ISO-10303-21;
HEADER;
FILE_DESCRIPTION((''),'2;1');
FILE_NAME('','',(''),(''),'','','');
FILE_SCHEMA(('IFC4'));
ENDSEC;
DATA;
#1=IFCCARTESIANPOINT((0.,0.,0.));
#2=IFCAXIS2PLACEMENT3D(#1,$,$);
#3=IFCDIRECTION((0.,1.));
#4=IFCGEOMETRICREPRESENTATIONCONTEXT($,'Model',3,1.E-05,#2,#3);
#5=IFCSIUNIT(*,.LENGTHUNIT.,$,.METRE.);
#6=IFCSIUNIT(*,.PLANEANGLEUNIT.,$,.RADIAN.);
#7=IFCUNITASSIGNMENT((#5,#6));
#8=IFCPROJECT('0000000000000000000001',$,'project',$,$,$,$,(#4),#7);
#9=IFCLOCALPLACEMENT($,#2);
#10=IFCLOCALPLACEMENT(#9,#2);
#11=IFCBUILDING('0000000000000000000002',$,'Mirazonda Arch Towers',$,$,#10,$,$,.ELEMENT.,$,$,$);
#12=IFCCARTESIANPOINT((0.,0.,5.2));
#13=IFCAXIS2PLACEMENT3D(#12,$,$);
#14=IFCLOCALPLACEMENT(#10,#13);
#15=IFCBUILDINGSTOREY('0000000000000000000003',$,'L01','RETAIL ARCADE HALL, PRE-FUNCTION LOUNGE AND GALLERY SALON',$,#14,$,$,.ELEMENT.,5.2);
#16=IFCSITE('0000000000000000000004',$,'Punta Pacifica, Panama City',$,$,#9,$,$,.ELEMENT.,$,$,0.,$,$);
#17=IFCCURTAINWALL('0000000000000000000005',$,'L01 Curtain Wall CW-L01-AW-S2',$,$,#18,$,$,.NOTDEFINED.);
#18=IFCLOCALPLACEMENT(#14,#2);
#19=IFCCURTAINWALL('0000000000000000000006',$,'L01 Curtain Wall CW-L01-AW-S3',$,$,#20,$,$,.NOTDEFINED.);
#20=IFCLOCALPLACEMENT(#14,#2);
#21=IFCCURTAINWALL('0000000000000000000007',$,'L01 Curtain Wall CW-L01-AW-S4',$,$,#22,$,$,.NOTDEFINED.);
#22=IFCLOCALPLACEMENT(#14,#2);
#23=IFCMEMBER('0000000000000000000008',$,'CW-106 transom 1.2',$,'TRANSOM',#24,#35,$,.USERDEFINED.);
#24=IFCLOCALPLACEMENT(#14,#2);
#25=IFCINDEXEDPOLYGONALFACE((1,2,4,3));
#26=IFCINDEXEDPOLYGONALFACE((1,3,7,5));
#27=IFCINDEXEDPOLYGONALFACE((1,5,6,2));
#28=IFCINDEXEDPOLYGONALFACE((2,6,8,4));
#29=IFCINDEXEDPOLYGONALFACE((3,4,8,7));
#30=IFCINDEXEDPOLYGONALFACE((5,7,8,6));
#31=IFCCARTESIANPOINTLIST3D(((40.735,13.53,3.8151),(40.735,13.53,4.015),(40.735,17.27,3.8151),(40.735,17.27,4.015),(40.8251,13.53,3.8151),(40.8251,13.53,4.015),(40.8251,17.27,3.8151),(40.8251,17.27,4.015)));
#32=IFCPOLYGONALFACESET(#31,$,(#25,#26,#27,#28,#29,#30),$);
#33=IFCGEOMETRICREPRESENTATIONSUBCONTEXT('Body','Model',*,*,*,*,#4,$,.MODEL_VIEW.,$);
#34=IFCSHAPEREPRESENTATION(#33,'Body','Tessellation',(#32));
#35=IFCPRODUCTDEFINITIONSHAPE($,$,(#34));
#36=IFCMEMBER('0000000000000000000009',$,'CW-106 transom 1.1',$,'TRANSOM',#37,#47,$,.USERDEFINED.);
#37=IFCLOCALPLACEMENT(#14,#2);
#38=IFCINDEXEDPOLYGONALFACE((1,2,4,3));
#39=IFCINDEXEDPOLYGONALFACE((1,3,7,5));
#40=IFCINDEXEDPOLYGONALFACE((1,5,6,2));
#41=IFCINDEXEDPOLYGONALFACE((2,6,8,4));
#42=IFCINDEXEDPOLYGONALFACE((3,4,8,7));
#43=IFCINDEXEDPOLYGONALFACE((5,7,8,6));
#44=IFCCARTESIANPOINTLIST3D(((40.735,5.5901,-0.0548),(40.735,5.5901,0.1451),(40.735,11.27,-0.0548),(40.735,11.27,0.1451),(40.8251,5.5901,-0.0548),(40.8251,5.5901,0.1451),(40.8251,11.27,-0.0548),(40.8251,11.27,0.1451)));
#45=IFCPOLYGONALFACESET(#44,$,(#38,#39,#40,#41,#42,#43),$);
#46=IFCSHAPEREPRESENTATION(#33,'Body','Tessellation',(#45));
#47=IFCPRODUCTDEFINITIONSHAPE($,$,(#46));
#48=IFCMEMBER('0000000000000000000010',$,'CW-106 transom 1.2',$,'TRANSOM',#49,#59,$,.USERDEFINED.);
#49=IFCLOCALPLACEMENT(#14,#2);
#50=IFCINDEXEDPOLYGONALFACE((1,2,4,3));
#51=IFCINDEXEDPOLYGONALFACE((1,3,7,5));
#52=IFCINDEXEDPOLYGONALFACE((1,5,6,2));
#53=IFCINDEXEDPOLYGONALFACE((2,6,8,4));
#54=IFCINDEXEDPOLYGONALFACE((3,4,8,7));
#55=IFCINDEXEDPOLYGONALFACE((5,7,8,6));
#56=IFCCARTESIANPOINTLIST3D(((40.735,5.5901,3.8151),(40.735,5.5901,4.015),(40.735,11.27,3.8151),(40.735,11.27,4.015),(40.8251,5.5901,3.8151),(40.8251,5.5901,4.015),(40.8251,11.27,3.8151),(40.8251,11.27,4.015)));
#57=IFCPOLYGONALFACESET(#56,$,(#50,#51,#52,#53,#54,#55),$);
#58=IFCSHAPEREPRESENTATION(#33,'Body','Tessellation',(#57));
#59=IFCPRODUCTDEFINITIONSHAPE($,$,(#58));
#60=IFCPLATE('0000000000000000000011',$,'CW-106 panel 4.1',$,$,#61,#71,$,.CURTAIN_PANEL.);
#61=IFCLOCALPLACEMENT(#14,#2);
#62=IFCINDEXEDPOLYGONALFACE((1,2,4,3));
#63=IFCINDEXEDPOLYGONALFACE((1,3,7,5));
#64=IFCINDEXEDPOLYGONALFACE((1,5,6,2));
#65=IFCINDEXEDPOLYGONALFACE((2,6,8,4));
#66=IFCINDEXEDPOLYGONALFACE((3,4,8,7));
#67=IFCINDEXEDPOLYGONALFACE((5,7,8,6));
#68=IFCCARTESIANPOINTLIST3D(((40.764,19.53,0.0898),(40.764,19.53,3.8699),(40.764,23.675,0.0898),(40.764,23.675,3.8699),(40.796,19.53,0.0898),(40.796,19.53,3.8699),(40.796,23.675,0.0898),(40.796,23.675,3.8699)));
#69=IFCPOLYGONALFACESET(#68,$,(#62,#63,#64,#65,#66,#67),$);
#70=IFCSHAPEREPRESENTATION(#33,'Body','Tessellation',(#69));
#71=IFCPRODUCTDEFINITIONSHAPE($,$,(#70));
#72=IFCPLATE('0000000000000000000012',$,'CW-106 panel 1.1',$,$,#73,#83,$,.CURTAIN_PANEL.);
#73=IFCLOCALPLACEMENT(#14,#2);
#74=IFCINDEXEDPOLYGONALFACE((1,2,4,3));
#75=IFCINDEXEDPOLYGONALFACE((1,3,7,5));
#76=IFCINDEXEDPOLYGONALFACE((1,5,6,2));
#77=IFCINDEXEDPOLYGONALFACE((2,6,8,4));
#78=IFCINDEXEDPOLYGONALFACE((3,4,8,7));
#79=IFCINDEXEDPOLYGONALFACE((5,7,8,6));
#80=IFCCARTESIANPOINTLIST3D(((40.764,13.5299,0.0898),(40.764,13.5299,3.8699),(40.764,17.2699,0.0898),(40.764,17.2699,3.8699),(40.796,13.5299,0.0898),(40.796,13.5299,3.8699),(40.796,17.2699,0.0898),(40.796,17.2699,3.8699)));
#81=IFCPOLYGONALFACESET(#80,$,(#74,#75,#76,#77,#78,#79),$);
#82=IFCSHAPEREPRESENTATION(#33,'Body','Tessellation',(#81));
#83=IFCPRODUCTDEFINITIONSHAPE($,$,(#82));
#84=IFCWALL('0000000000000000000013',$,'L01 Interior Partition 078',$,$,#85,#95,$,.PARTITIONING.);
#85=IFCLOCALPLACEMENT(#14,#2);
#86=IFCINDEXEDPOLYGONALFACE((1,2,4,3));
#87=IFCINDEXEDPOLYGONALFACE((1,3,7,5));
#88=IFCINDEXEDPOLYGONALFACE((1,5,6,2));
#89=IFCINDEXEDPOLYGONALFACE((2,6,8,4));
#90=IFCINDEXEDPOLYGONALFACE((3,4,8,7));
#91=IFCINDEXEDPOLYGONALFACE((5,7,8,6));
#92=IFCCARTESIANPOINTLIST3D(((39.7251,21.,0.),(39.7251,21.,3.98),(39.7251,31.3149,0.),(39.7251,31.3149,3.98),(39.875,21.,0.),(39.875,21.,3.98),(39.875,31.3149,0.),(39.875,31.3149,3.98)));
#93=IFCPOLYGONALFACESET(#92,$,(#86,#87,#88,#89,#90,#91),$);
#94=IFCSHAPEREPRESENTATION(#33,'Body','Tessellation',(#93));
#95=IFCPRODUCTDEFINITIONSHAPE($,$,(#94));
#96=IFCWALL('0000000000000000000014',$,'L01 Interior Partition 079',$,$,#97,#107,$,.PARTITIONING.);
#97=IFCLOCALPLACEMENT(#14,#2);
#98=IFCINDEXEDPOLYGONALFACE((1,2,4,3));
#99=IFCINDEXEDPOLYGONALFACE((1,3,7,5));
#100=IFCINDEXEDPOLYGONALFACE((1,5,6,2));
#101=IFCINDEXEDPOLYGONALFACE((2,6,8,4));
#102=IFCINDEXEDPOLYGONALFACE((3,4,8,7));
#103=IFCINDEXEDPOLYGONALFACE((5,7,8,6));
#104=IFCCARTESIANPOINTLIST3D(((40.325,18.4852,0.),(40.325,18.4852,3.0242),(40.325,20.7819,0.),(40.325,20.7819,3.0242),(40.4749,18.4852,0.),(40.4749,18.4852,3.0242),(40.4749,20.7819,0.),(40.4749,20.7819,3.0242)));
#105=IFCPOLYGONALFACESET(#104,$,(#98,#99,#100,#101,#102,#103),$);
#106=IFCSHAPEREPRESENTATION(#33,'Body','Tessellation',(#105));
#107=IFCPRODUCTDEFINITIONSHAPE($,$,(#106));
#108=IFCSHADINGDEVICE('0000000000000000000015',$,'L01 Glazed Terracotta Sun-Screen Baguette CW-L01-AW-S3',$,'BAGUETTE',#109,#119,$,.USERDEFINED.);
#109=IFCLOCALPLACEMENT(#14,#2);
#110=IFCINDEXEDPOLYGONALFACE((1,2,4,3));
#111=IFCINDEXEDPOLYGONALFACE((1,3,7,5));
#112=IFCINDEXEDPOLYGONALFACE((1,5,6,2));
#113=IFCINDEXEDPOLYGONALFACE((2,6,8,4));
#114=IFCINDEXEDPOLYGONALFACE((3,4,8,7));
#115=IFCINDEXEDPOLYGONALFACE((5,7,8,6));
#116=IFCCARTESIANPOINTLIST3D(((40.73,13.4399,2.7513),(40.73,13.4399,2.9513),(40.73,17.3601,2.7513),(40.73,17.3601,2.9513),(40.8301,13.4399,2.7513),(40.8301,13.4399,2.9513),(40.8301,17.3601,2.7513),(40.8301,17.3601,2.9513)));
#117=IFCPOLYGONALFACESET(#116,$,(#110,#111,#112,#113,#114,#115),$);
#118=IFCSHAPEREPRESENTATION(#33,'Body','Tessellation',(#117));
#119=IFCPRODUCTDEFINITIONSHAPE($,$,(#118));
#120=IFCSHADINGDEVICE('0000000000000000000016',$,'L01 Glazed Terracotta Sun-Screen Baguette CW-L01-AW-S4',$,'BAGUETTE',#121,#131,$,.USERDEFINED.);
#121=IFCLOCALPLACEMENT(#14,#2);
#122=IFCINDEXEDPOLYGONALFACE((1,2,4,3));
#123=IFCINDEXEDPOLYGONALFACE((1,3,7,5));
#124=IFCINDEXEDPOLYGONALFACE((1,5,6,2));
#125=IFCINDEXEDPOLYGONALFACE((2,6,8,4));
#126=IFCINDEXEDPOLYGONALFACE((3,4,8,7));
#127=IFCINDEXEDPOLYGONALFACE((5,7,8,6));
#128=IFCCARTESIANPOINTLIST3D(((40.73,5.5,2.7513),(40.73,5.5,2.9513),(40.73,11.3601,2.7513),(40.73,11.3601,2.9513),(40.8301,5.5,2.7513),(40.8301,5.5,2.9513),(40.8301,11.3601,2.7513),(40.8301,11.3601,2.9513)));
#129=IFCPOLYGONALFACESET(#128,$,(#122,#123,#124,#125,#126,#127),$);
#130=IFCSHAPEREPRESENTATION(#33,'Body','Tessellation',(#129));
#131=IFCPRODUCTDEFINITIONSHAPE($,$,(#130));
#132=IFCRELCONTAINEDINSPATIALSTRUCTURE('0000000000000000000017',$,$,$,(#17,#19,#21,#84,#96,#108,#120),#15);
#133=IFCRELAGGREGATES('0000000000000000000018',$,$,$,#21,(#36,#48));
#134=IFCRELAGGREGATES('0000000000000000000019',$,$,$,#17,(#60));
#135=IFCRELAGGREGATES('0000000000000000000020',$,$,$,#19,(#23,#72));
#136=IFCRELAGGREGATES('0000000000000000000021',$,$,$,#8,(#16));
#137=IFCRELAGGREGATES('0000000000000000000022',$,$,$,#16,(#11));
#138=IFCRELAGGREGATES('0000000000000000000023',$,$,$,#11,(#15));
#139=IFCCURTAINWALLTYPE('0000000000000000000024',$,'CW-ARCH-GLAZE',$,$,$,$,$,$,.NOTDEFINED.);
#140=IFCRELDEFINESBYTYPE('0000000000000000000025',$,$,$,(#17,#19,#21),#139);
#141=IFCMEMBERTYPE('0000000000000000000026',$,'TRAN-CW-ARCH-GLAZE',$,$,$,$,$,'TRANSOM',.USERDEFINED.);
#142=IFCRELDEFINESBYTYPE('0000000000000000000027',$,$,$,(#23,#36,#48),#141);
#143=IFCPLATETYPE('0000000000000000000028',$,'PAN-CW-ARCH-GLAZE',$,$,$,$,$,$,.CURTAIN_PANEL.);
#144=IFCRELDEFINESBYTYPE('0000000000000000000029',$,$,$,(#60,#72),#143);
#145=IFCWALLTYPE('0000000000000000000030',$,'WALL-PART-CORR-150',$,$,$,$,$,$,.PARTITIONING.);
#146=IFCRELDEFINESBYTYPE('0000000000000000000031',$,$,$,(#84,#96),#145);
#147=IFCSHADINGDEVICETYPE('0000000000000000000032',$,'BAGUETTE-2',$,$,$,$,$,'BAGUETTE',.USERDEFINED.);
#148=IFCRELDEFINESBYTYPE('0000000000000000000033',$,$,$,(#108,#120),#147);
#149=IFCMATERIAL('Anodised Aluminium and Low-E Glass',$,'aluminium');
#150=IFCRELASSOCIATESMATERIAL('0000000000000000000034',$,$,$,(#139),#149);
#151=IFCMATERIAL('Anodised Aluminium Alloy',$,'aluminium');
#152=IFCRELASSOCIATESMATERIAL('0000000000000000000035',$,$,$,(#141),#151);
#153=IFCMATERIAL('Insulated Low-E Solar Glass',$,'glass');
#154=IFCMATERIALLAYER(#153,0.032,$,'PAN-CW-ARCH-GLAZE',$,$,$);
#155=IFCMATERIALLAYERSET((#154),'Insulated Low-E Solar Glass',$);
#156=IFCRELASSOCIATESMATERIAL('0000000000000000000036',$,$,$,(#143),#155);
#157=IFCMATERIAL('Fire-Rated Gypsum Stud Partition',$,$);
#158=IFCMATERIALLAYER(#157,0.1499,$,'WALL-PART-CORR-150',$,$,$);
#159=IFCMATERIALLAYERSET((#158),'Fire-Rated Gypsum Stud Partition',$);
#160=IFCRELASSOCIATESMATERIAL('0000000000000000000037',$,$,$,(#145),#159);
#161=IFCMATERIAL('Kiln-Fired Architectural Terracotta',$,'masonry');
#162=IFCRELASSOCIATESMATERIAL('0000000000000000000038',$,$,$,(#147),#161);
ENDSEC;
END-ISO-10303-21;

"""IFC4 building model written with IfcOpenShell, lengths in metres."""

from ifc_helpers import new_model, si_unit, direction, frame, frame_2d, origin, origin_2d, place, context, subcontext, project, spatial, rectangle, extrude, material, layer, layer_set, material_profile, profile_set, type_object, element, aggregate, save


model = new_model("IFC4")

# Units and contexts
model_context = context("Model", 3, precision=1e-05, world=origin(), true_north=direction((0.0, 1.0)))
body_context = subcontext(model_context, "Body", "Model", "MODEL_VIEW")
ifc_project = project(units=[si_unit("LENGTHUNIT", "METRE"), si_unit("PLANEANGLEUNIT", "RADIAN")], contexts=[model_context])

# Site, building, storey
site_placement = place(None, origin())
site = spatial("IfcSite", under=ifc_project, at=site_placement, Name="Punta Pacifica, Panama City", CompositionType="ELEMENT", RefElevation=0.0)
building_placement = place(site_placement, origin())
building = spatial("IfcBuilding", under=site, at=building_placement, Name="Mirazonda Arch Towers", CompositionType="ELEMENT")
storey_placement = place(building_placement, frame((0.0, 0.0, 5.2)))
storey = spatial("IfcBuildingStorey", under=building, at=storey_placement, Name="L01", Description="RETAIL ARCADE HALL, PRE-FUNCTION LOUNGE AND GALLERY SALON", CompositionType="ELEMENT", Elevation=5.2)

# Curtain wall
ifc_material_1 = material(Name="Anodised Aluminium and Low-E Glass", Category="aluminium")
curtain_wall_type = type_object("IfcCurtainWallType", Name="CW-ARCH-GLAZE", PredefinedType="NOTDEFINED", material=ifc_material_1)
curtain_wall_1_placement = place(storey_placement, origin())
curtain_wall_1 = element("IfcCurtainWall", 1, at=curtain_wall_1_placement, inside=storey, type_object=curtain_wall_type, Name="L01 Curtain Wall CW-L01-AW-S2", PredefinedType="NOTDEFINED")
ifc_material_2 = material(Name="Anodised Aluminium Alloy", Category="aluminium")

# Curtain wall
curtain_wall_2_placement = place(storey_placement, origin())
curtain_wall_2 = element("IfcCurtainWall", 2, at=curtain_wall_2_placement, inside=storey, type_object=curtain_wall_type, Name="L01 Curtain Wall CW-L01-AW-S3", PredefinedType="NOTDEFINED")

# Curtain wall
curtain_wall_3_placement = place(storey_placement, origin())
curtain_wall_3 = element("IfcCurtainWall", 3, at=curtain_wall_3_placement, inside=storey, type_object=curtain_wall_type, Name="L01 Curtain Wall CW-L01-AW-S4", PredefinedType="NOTDEFINED")

# Members
ifc_material_profile_1 = material_profile(ifc_material_2, rectangle(XDim=0.0901, YDim=0.2, at=origin_2d()), Name="ALU-TRAN-90x200")
ifc_profile_set_1 = profile_set([ifc_material_profile_1], Name="Anodised Aluminium Alloy")
member_type_1 = type_object("IfcMemberType", Name="TRAN-CW-ARCH-GLAZE", ElementType="TRANSOM", PredefinedType="USERDEFINED", material=ifc_profile_set_1)
member_1_placement = place(storey_placement, frame((40.78, 17.27, 3.915), z_axis=(0.0, -1.0, 0.0), x_axis=(1.0, 0.0, 0.0)))
member_1 = element("IfcMember", 4, at=member_1_placement, type_object=member_type_1, Name="CW-106 transom 1.2", ObjectType="TRANSOM", PredefinedType="USERDEFINED", context=body_context, shape_type="SweptSolid", body=[
    extrude(rectangle(XDim=0.0901, YDim=0.2, at=origin_2d()), origin(), (0.0, 0.0, 1.0), 3.74),
])
member_2_placement = place(storey_placement, frame((40.78, 11.27, 0.0452), z_axis=(0.0, -1.0, 0.0), x_axis=(1.0, 0.0, 0.0)))
member_2 = element("IfcMember", 5, at=member_2_placement, type_object=member_type_1, Name="CW-106 transom 1.1", ObjectType="TRANSOM", PredefinedType="USERDEFINED", context=body_context, shape_type="SweptSolid", body=[
    extrude(rectangle(XDim=0.0901, YDim=0.2, at=origin_2d()), origin(), (0.0, 0.0, 1.0), 5.6799),
])
member_3_placement = place(storey_placement, frame((40.78, 11.27, 3.915), z_axis=(0.0, -1.0, 0.0), x_axis=(1.0, 0.0, 0.0)))
member_3 = element("IfcMember", 6, at=member_3_placement, type_object=member_type_1, Name="CW-106 transom 1.2", ObjectType="TRANSOM", PredefinedType="USERDEFINED", context=body_context, shape_type="SweptSolid", body=[
    extrude(rectangle(XDim=0.0901, YDim=0.2, at=origin_2d()), origin(), (0.0, 0.0, 1.0), 5.6799),
])
aggregate(curtain_wall_3, [member_2, member_3])

# Plates
ifc_material_3 = material(Name="Insulated Low-E Solar Glass", Category="glass")
ifc_layer_1 = layer(ifc_material_3, 0.032, Name="PAN-CW-ARCH-GLAZE")
ifc_layer_set_1 = layer_set([ifc_layer_1], Name="Insulated Low-E Solar Glass")
plate_type = type_object("IfcPlateType", Name="PAN-CW-ARCH-GLAZE", PredefinedType="CURTAIN_PANEL", material=ifc_layer_set_1)
plate_1_placement = place(storey_placement, frame((40.78, 21.6025, 0.0898), z_axis=(0.0, 0.0, 1.0), x_axis=(0.0, -1.0, 0.0)))
plate_1 = element("IfcPlate", 7, at=plate_1_placement, type_object=plate_type, Name="CW-106 panel 4.1", PredefinedType="CURTAIN_PANEL", context=body_context, shape_type="SweptSolid", body=[
    extrude(rectangle(XDim=4.145, YDim=0.032, at=origin_2d()), origin(), (0.0, 0.0, 1.0), 3.78),
])
aggregate(curtain_wall_1, [plate_1])
plate_2_placement = place(storey_placement, frame((40.78, 15.3999, 0.0898), z_axis=(0.0, 0.0, 1.0), x_axis=(0.0, -1.0, 0.0)))
plate_2 = element("IfcPlate", 8, at=plate_2_placement, type_object=plate_type, Name="CW-106 panel 1.1", PredefinedType="CURTAIN_PANEL", context=body_context, shape_type="SweptSolid", body=[
    extrude(rectangle(XDim=3.74, YDim=0.032, at=origin_2d()), origin(), (0.0, 0.0, 1.0), 3.78),
])
aggregate(curtain_wall_2, [member_1, plate_2])

# Walls
ifc_material_4 = material(Name="Fire-Rated Gypsum Stud Partition")
ifc_layer_2 = layer(ifc_material_4, 0.1499, Name="WALL-PART-CORR-150")
ifc_layer_set_2 = layer_set([ifc_layer_2], Name="Fire-Rated Gypsum Stud Partition")
wall_type = type_object("IfcWallType", Name="WALL-PART-CORR-150", PredefinedType="PARTITIONING", material=ifc_layer_set_2)
wall_1_placement = place(storey_placement, frame((39.8, 21.0, 0.0), z_axis=(0.0, 0.0, 1.0), x_axis=(0.0, 1.0, 0.0)))
element("IfcWall", 9, at=wall_1_placement, inside=storey, type_object=wall_type, Name="L01 Interior Partition 078", PredefinedType="PARTITIONING", context=body_context, shape_type="SweptSolid", body=[
    extrude(rectangle(XDim=10.3149, YDim=0.1499, at=frame_2d((5.1575, 0.0))), origin(), (0.0, 0.0, 1.0), 3.98),
])
wall_2_placement = place(storey_placement, frame((40.3999, 18.4851, 0.0), z_axis=(0.0, 0.0, 1.0), x_axis=(0.0, 1.0, 0.0)))
element("IfcWall", 10, at=wall_2_placement, inside=storey, type_object=wall_type, Name="L01 Interior Partition 079", PredefinedType="PARTITIONING", context=body_context, shape_type="SweptSolid", body=[
    extrude(rectangle(XDim=2.2966, YDim=0.1499, at=frame_2d((1.1484, 0.0))), origin(), (0.0, 0.0, 1.0), 3.0242),
])

# Shading devices
ifc_material_5 = material(Name="Kiln-Fired Architectural Terracotta", Category="masonry")
ifc_material_profile_2 = material_profile(ifc_material_5, rectangle(XDim=0.1001, YDim=0.2, at=origin_2d()), Name="TERRA-BAG-100x200")
ifc_profile_set_2 = profile_set([ifc_material_profile_2], Name="Kiln-Fired Architectural Terracotta")
shading_device_type = type_object("IfcShadingDeviceType", Name="BAGUETTE-2", ElementType="BAGUETTE", PredefinedType="USERDEFINED", material=ifc_profile_set_2)
shading_device_1_placement = place(storey_placement, frame((40.78, 17.3601, 2.8513), z_axis=(0.0, -1.0, 0.0), x_axis=(1.0, 0.0, 0.0)))
element("IfcShadingDevice", 11, at=shading_device_1_placement, inside=storey, type_object=shading_device_type, Name="L01 Glazed Terracotta Sun-Screen Baguette CW-L01-AW-S3", ObjectType="BAGUETTE", PredefinedType="USERDEFINED", context=body_context, shape_type="SweptSolid", body=[
    extrude(rectangle(XDim=0.1001, YDim=0.2, at=origin_2d()), origin(), (0.0, 0.0, 1.0), 3.9202),
])
shading_device_2_placement = place(storey_placement, frame((40.78, 11.3601, 2.8513), z_axis=(0.0, -1.0, 0.0), x_axis=(1.0, 0.0, 0.0)))
element("IfcShadingDevice", 12, at=shading_device_2_placement, inside=storey, type_object=shading_device_type, Name="L01 Glazed Terracotta Sun-Screen Baguette CW-L01-AW-S4", ObjectType="BAGUETTE", PredefinedType="USERDEFINED", context=body_context, shape_type="SweptSolid", body=[
    extrude(rectangle(XDim=0.1001, YDim=0.2, at=origin_2d()), origin(), (0.0, 0.0, 1.0), 5.8601),
])

save(model, "model.ifc")
